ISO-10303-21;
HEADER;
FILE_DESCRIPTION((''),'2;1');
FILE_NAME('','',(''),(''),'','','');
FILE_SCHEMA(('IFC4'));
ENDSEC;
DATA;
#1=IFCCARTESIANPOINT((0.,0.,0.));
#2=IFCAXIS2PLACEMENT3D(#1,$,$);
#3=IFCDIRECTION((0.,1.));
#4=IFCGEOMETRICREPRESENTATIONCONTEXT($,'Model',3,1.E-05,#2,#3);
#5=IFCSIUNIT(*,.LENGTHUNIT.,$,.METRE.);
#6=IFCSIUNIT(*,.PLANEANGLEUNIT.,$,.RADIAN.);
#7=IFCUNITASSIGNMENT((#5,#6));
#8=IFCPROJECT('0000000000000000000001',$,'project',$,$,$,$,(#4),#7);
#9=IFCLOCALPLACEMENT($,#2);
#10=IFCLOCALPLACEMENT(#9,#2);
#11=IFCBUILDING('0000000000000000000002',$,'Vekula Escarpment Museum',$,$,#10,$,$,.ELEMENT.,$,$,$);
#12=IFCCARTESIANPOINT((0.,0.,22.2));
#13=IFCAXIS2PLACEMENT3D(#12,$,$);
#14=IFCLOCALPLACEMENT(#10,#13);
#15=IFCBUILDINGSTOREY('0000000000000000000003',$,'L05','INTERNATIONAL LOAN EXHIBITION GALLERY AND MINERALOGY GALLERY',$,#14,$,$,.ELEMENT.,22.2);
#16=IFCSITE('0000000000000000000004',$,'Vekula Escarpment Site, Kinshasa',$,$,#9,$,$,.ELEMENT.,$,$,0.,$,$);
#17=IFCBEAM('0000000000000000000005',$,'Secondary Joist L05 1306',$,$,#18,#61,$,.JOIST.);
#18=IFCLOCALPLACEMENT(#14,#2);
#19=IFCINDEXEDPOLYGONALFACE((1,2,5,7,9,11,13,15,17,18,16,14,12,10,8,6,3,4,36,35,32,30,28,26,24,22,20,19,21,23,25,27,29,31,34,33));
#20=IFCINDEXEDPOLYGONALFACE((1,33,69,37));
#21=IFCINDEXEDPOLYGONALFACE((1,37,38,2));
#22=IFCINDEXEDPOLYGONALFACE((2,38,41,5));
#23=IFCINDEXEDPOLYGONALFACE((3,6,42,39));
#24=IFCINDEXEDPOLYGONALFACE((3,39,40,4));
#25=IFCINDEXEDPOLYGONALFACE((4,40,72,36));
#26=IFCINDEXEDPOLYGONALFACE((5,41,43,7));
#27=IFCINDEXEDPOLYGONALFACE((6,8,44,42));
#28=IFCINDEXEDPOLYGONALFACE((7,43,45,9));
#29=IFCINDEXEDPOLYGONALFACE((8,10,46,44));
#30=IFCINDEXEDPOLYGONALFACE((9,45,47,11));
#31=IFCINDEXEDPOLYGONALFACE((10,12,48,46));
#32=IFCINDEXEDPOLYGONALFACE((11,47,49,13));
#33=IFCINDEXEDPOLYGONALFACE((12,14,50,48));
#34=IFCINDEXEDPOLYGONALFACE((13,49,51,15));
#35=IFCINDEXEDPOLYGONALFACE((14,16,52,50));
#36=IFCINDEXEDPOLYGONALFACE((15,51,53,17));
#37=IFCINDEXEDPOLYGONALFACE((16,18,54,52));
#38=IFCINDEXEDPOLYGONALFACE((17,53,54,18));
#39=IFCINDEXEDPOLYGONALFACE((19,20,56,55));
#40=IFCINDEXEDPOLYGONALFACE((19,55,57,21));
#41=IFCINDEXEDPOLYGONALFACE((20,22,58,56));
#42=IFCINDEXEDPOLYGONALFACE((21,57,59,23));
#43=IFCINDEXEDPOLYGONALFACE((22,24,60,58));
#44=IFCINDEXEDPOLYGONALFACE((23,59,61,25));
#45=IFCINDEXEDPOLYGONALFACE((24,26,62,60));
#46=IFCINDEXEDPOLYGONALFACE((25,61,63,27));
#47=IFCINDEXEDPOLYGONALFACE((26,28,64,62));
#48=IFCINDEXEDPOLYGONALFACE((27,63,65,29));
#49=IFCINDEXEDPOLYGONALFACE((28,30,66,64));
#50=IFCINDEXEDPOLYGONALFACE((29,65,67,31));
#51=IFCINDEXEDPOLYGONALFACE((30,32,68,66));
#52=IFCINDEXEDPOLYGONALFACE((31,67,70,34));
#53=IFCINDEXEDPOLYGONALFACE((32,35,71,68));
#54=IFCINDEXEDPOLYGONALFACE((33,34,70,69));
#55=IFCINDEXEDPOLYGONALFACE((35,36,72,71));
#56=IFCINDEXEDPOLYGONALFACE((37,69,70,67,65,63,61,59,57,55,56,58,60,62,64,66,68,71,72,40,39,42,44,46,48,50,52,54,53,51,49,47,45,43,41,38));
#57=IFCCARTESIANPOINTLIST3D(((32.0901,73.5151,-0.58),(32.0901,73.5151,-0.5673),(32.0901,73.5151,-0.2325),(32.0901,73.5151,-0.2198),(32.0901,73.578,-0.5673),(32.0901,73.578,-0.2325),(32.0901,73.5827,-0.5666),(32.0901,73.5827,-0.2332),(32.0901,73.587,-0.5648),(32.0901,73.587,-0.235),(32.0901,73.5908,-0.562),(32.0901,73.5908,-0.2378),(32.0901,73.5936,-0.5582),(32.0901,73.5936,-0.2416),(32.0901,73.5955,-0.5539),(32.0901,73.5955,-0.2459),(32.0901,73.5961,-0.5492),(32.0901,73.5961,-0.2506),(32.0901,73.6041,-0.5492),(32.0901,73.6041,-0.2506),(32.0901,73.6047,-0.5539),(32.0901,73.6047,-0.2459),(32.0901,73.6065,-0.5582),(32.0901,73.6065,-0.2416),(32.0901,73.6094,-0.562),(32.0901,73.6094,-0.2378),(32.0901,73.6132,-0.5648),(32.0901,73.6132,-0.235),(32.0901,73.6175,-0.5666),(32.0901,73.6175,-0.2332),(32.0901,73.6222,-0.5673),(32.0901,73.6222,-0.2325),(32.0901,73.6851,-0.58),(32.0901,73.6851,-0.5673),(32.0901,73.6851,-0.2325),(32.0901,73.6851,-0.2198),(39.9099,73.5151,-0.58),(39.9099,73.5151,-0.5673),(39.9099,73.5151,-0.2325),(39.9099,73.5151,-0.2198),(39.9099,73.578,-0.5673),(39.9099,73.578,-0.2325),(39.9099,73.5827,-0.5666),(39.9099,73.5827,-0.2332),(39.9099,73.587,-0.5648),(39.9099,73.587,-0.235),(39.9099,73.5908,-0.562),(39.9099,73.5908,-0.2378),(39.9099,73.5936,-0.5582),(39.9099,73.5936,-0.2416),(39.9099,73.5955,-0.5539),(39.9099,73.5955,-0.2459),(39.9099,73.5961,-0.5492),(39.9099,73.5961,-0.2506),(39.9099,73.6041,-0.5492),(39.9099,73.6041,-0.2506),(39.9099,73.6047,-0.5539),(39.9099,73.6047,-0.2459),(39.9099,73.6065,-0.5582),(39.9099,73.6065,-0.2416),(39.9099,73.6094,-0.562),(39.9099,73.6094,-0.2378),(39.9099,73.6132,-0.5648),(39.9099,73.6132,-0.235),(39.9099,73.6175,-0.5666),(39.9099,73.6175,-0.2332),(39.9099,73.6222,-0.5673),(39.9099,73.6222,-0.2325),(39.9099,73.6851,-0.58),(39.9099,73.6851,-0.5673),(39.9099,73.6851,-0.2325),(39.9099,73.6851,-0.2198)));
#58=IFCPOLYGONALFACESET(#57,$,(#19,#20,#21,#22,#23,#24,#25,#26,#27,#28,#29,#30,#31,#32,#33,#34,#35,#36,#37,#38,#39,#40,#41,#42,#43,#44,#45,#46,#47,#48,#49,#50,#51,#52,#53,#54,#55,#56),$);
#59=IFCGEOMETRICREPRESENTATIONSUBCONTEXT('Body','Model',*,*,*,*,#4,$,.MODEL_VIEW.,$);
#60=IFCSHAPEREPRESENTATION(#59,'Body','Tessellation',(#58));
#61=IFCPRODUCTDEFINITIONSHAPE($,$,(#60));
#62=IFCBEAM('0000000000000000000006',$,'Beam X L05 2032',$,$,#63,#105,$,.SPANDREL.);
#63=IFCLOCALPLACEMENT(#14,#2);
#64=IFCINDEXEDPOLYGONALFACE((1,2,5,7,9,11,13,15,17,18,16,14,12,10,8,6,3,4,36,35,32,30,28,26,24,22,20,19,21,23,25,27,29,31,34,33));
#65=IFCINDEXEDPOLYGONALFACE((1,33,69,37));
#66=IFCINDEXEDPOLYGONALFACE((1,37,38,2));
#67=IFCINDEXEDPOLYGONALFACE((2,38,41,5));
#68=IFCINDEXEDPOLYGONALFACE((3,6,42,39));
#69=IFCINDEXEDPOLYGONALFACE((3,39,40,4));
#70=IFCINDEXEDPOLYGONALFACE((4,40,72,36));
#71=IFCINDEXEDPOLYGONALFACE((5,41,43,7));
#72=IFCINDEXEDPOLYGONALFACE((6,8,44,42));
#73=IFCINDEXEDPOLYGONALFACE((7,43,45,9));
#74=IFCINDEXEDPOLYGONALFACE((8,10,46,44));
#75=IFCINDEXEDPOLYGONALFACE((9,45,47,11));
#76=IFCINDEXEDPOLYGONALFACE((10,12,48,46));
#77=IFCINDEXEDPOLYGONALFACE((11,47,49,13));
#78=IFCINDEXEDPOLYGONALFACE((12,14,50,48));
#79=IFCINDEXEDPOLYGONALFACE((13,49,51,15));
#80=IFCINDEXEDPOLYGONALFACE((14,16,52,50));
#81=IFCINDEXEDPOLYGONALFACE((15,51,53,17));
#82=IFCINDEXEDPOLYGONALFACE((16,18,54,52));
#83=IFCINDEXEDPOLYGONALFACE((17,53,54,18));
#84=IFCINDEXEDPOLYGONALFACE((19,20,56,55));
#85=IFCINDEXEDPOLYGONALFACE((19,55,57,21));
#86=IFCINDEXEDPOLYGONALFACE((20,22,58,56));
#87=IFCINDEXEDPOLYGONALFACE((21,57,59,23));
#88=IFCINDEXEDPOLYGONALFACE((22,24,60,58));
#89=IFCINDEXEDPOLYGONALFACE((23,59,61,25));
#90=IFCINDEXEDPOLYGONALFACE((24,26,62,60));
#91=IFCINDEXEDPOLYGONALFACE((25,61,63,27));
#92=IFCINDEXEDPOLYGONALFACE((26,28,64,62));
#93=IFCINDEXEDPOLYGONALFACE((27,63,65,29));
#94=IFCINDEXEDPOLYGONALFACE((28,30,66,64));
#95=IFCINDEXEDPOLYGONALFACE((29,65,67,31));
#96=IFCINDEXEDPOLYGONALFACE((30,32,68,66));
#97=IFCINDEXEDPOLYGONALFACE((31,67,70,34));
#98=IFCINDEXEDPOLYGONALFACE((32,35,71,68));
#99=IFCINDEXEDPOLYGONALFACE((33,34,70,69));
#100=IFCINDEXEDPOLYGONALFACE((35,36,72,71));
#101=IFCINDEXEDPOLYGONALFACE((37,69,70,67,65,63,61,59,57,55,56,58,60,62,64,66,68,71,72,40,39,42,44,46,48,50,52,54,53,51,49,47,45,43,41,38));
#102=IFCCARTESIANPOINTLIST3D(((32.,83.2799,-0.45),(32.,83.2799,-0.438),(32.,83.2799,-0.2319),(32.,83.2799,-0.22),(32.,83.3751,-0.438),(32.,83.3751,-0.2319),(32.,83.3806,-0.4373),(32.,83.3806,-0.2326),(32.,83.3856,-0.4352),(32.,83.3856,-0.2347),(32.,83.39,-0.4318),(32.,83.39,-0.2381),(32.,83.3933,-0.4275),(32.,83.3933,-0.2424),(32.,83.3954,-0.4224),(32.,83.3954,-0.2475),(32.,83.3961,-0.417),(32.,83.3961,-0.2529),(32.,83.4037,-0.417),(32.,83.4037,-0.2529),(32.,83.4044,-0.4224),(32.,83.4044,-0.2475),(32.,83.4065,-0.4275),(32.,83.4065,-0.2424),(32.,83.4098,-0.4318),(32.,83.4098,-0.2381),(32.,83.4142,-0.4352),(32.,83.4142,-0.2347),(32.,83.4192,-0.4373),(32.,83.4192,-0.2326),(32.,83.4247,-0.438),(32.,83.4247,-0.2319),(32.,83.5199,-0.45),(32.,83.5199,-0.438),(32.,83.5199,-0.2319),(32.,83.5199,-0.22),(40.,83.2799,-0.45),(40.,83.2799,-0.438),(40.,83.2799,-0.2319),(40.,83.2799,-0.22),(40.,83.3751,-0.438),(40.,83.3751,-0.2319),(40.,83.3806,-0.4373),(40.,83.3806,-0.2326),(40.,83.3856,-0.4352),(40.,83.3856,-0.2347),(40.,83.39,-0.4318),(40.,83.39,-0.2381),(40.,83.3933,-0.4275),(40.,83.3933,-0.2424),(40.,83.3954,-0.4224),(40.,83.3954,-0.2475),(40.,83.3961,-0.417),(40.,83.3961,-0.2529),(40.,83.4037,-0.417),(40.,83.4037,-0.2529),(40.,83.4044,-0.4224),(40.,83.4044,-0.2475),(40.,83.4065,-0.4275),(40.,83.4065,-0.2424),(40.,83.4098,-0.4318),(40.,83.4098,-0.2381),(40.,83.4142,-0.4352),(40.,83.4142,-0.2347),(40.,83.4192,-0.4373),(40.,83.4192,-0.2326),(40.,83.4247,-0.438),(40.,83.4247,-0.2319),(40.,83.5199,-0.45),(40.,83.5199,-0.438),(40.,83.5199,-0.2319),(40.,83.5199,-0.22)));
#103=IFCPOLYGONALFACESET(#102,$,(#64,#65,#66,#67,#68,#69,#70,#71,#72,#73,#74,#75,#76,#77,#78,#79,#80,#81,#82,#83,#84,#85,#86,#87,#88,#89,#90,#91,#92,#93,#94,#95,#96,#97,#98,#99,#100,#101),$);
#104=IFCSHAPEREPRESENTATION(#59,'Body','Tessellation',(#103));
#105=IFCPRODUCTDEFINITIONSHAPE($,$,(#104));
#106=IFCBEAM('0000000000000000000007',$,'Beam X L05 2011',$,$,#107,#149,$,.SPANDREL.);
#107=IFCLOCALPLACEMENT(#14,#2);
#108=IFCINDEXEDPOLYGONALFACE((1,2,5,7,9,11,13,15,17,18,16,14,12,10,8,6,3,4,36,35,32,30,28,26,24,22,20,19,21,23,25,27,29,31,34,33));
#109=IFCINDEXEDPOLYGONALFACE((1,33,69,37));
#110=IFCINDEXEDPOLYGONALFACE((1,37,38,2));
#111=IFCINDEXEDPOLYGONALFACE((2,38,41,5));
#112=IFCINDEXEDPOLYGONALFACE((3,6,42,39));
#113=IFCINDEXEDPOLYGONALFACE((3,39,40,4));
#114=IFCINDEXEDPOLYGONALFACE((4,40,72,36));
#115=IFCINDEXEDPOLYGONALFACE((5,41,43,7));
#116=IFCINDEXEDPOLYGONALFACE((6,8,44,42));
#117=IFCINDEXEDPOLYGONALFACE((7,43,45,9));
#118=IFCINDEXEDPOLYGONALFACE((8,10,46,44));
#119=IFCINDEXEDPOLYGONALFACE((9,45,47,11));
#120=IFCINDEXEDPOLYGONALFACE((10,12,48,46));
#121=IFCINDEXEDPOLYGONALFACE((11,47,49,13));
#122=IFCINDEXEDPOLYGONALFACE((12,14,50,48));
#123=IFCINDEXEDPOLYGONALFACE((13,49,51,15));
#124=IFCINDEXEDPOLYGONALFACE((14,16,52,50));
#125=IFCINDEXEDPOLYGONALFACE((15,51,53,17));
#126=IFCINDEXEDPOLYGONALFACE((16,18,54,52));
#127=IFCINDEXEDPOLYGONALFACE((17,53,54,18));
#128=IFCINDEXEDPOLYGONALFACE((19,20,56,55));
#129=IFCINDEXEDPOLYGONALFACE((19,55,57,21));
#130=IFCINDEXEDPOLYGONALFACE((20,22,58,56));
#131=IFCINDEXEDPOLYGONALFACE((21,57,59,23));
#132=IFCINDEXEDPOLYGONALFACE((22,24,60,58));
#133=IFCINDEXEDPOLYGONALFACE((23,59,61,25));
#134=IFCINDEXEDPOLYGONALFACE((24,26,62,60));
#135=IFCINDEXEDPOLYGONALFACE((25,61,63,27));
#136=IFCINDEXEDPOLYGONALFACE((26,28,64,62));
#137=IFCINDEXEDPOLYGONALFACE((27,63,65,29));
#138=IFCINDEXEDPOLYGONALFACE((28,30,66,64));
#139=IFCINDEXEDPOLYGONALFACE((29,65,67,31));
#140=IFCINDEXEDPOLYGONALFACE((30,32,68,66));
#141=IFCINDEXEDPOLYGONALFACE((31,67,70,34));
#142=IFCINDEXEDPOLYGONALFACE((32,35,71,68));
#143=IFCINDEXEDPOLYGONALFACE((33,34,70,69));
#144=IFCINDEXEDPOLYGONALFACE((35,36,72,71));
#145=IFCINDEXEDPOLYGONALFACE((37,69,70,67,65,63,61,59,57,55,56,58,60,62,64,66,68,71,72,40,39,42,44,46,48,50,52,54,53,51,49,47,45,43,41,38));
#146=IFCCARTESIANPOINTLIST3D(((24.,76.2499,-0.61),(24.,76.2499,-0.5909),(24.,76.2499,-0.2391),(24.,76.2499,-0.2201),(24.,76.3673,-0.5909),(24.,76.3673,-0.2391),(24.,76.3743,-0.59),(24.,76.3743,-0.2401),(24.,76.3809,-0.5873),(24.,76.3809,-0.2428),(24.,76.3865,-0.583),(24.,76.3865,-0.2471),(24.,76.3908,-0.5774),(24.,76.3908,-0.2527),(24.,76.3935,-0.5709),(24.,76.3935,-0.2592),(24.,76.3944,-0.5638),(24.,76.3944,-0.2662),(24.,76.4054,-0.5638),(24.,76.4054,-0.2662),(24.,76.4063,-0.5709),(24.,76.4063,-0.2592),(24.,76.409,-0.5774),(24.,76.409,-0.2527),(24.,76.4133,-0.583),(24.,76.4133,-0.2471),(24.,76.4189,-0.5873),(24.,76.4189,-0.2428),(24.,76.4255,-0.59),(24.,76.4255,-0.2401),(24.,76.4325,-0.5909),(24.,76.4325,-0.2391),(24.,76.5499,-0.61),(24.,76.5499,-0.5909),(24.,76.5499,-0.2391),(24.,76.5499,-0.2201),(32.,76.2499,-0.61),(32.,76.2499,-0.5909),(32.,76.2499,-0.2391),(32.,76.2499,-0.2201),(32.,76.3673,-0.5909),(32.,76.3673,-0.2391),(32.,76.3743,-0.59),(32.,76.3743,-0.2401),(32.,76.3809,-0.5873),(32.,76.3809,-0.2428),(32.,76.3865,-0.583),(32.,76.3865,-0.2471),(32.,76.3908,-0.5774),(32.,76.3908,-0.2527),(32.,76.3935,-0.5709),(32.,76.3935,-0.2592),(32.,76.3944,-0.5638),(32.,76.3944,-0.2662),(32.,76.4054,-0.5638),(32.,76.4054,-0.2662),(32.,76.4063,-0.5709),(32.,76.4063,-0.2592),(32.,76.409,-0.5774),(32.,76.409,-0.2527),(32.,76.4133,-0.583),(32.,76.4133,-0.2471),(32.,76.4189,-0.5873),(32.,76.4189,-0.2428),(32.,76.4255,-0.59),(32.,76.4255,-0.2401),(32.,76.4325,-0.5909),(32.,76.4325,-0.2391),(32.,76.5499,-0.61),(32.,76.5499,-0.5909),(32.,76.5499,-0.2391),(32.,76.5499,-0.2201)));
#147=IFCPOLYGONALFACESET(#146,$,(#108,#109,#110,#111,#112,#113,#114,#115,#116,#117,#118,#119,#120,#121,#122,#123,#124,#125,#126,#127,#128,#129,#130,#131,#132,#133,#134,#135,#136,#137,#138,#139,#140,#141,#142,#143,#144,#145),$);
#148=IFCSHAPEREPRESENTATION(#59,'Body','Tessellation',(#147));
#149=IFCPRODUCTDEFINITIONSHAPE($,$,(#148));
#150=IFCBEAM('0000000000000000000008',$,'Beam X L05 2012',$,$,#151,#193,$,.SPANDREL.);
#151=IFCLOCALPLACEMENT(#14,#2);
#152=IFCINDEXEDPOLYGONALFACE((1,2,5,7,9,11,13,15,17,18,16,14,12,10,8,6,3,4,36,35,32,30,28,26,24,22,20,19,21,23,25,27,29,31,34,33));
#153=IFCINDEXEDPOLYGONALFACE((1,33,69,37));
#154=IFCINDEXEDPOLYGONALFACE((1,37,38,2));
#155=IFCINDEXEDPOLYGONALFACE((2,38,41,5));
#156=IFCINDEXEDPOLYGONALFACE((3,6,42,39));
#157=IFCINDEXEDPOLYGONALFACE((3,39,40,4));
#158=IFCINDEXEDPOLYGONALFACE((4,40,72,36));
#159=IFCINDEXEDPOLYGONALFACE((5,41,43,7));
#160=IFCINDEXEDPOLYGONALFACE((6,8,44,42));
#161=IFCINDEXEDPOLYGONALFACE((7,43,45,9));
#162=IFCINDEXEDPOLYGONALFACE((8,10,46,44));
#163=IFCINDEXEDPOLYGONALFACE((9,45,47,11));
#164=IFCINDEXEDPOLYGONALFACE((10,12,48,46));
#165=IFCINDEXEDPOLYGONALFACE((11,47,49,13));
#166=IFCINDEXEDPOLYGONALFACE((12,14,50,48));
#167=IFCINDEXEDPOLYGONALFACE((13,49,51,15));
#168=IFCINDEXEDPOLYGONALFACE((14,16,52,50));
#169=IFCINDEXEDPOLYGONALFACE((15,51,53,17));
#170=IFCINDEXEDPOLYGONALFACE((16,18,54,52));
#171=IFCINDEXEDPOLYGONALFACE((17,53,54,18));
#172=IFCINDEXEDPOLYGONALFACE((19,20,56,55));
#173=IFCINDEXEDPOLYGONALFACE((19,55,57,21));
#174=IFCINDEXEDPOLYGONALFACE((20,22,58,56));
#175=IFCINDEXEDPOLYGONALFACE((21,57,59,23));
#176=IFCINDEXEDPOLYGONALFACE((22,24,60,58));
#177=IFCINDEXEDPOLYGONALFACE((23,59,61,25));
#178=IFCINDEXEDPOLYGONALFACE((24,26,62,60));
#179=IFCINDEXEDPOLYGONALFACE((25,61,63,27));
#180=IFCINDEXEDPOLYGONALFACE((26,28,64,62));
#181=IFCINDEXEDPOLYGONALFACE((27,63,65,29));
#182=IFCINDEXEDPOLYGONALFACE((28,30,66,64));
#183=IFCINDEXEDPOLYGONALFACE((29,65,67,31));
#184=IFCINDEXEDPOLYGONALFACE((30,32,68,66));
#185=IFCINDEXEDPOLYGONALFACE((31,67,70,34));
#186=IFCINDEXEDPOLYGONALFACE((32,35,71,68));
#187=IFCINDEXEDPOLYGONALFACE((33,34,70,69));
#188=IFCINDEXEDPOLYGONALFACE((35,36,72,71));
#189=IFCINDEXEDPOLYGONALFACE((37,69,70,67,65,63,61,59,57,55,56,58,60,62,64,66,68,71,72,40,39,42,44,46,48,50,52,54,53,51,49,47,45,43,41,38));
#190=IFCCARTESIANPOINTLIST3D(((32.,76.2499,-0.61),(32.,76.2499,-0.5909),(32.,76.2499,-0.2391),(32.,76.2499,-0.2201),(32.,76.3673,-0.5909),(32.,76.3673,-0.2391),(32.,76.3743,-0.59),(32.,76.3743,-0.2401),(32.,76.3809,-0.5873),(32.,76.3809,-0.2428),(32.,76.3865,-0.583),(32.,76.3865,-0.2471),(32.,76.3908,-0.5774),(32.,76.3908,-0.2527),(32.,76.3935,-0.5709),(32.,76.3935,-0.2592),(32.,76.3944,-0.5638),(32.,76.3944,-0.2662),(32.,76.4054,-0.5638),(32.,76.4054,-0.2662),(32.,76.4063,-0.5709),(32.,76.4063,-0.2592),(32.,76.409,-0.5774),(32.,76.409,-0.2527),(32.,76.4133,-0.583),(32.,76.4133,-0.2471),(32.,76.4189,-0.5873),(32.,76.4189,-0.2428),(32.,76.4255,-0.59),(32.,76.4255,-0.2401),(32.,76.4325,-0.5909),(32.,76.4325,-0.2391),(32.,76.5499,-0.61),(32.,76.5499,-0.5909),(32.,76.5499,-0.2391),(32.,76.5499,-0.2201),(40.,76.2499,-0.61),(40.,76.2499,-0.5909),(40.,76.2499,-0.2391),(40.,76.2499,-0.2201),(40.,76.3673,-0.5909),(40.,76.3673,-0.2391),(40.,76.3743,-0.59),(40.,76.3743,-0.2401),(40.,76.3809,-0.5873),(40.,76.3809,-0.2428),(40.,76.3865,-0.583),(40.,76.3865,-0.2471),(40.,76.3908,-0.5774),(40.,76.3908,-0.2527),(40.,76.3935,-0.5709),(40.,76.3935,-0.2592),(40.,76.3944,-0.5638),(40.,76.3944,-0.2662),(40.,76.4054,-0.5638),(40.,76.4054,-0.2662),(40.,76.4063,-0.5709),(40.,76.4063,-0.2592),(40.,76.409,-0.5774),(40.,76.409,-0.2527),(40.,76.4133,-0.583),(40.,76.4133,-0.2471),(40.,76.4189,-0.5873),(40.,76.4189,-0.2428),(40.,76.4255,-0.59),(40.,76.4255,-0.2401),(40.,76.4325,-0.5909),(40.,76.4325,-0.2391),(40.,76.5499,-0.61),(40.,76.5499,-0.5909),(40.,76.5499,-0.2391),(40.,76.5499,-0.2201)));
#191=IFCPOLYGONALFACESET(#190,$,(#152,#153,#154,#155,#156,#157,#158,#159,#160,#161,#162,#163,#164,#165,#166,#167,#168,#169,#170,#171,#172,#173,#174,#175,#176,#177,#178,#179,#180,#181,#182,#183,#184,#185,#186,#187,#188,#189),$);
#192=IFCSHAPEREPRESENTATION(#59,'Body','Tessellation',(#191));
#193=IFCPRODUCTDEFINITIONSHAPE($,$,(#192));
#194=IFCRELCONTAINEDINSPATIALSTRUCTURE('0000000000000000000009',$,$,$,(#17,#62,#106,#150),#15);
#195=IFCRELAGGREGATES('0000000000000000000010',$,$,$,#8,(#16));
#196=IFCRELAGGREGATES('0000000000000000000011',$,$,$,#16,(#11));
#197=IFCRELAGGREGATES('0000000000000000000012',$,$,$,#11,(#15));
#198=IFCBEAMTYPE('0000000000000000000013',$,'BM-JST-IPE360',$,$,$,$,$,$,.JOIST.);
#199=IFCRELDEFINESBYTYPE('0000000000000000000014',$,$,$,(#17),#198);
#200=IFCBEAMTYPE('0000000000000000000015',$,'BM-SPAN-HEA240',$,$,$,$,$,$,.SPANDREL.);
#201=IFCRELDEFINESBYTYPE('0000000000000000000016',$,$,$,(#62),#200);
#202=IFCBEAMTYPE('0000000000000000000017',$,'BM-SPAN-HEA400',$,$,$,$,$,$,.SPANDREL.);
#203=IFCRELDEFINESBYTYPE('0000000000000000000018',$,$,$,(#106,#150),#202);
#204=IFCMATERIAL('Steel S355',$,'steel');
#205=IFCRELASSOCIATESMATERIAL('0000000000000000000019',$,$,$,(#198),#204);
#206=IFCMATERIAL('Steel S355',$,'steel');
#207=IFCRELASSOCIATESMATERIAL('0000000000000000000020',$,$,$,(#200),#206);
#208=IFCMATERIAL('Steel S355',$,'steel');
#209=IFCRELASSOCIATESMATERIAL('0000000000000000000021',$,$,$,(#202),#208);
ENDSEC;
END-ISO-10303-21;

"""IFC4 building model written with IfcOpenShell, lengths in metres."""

from ifc_helpers import new_model, si_unit, direction, frame, origin, origin_2d, place, context, subcontext, project, spatial, i_section, extrude, material, material_profile, profile_set, type_object, element, save


model = new_model("IFC4")

# Units and contexts
model_context = context("Model", 3, precision=1e-05, world=origin(), true_north=direction((0.0, 1.0)))
body_context = subcontext(model_context, "Body", "Model", "MODEL_VIEW")
ifc_project = project(units=[si_unit("LENGTHUNIT", "METRE"), si_unit("PLANEANGLEUNIT", "RADIAN")], contexts=[model_context])

# Site, building, storey
site_placement = place(None, origin())
site = spatial("IfcSite", under=ifc_project, at=site_placement, Name="Vekula Escarpment Site, Kinshasa", CompositionType="ELEMENT", RefElevation=0.0)
building_placement = place(site_placement, origin())
building = spatial("IfcBuilding", under=site, at=building_placement, Name="Vekula Escarpment Museum", CompositionType="ELEMENT")
storey_placement = place(building_placement, frame((0.0, 0.0, 22.2)))
storey = spatial("IfcBuildingStorey", under=building, at=storey_placement, Name="L05", Description="INTERNATIONAL LOAN EXHIBITION GALLERY AND MINERALOGY GALLERY", CompositionType="ELEMENT", Elevation=22.2)

# Beams
ifc_material_1 = material(Name="Steel S355", Category="steel")
ifc_material_profile_1 = material_profile(ifc_material_1, i_section(OverallWidth=0.1699, OverallDepth=0.3601, WebThickness=0.0081, FlangeThickness=0.0127, FilletRadius=0.0181, at=origin_2d()), Name="IPE 360")
ifc_profile_set_1 = profile_set([ifc_material_profile_1], Name="Steel S355")
beam_type_1 = type_object("IfcBeamType", Name="BM-JST-IPE360", PredefinedType="JOIST", material=ifc_profile_set_1)
for number, where, z_axis, x_axis, name in (
    (1, (32.0901, 73.6001, -0.3999), (1.0, 0.0, 0.0), (0.0, 1.0, 0.0), "Secondary Joist L05 1306"),
):
    element("IfcBeam", number, at=place(storey_placement, frame(where, z_axis=z_axis, x_axis=x_axis)), inside=storey, type_object=beam_type_1, Name=name, PredefinedType="JOIST", context=body_context, shape_type="SweptSolid", body=[
        extrude(i_section(OverallWidth=0.1699, OverallDepth=0.3601, WebThickness=0.0081, FlangeThickness=0.0127, FilletRadius=0.0181, at=origin_2d()), origin(), (0.0, 0.0, 1.0), 7.8198),
    ])
ifc_material_2 = material(Name="Steel S355", Category="steel")
ifc_material_profile_2 = material_profile(ifc_material_2, i_section(OverallWidth=0.24, OverallDepth=0.23, WebThickness=0.0076, FlangeThickness=0.012, FilletRadius=0.021, at=origin_2d()), Name="HEA 240")
ifc_profile_set_2 = profile_set([ifc_material_profile_2], Name="Steel S355")
beam_type_2 = type_object("IfcBeamType", Name="BM-SPAN-HEA240", PredefinedType="SPANDREL", material=ifc_profile_set_2)
beam_1_placement = place(storey_placement, frame((32.0, 83.3999, -0.335), z_axis=(1.0, 0.0, 0.0), x_axis=(0.0, 1.0, 0.0)))
element("IfcBeam", 2, at=beam_1_placement, inside=storey, type_object=beam_type_2, Name="Beam X L05 2032", PredefinedType="SPANDREL", context=body_context, shape_type="SweptSolid", body=[
    extrude(i_section(OverallWidth=0.24, OverallDepth=0.23, WebThickness=0.0076, FlangeThickness=0.012, FilletRadius=0.021, at=origin_2d()), origin(), (0.0, 0.0, 1.0), 8.0),
])
ifc_material_3 = material(Name="Steel S355", Category="steel")
ifc_material_profile_3 = material_profile(ifc_material_3, i_section(OverallWidth=0.3, OverallDepth=0.3899, WebThickness=0.011, FlangeThickness=0.019, FilletRadius=0.0271, at=origin_2d()), Name="HEA 400")
ifc_profile_set_3 = profile_set([ifc_material_profile_3], Name="Steel S355")
beam_type_3 = type_object("IfcBeamType", Name="BM-SPAN-HEA400", PredefinedType="SPANDREL", material=ifc_profile_set_3)
for number, where, z_axis, x_axis, name in (
    (3, (24.0, 76.3999, -0.415), (1.0, 0.0, 0.0), (0.0, 1.0, 0.0), "Beam X L05 2011"),
    (4, (32.0, 76.3999, -0.415), (1.0, 0.0, 0.0), (0.0, 1.0, 0.0), "Beam X L05 2012"),
):
    element("IfcBeam", number, at=place(storey_placement, frame(where, z_axis=z_axis, x_axis=x_axis)), inside=storey, type_object=beam_type_3, Name=name, PredefinedType="SPANDREL", context=body_context, shape_type="SweptSolid", body=[
        extrude(i_section(OverallWidth=0.3, OverallDepth=0.3899, WebThickness=0.011, FlangeThickness=0.019, FilletRadius=0.0271, at=origin_2d()), origin(), (0.0, 0.0, 1.0), 8.0),
    ])

save(model, "model.ifc")
